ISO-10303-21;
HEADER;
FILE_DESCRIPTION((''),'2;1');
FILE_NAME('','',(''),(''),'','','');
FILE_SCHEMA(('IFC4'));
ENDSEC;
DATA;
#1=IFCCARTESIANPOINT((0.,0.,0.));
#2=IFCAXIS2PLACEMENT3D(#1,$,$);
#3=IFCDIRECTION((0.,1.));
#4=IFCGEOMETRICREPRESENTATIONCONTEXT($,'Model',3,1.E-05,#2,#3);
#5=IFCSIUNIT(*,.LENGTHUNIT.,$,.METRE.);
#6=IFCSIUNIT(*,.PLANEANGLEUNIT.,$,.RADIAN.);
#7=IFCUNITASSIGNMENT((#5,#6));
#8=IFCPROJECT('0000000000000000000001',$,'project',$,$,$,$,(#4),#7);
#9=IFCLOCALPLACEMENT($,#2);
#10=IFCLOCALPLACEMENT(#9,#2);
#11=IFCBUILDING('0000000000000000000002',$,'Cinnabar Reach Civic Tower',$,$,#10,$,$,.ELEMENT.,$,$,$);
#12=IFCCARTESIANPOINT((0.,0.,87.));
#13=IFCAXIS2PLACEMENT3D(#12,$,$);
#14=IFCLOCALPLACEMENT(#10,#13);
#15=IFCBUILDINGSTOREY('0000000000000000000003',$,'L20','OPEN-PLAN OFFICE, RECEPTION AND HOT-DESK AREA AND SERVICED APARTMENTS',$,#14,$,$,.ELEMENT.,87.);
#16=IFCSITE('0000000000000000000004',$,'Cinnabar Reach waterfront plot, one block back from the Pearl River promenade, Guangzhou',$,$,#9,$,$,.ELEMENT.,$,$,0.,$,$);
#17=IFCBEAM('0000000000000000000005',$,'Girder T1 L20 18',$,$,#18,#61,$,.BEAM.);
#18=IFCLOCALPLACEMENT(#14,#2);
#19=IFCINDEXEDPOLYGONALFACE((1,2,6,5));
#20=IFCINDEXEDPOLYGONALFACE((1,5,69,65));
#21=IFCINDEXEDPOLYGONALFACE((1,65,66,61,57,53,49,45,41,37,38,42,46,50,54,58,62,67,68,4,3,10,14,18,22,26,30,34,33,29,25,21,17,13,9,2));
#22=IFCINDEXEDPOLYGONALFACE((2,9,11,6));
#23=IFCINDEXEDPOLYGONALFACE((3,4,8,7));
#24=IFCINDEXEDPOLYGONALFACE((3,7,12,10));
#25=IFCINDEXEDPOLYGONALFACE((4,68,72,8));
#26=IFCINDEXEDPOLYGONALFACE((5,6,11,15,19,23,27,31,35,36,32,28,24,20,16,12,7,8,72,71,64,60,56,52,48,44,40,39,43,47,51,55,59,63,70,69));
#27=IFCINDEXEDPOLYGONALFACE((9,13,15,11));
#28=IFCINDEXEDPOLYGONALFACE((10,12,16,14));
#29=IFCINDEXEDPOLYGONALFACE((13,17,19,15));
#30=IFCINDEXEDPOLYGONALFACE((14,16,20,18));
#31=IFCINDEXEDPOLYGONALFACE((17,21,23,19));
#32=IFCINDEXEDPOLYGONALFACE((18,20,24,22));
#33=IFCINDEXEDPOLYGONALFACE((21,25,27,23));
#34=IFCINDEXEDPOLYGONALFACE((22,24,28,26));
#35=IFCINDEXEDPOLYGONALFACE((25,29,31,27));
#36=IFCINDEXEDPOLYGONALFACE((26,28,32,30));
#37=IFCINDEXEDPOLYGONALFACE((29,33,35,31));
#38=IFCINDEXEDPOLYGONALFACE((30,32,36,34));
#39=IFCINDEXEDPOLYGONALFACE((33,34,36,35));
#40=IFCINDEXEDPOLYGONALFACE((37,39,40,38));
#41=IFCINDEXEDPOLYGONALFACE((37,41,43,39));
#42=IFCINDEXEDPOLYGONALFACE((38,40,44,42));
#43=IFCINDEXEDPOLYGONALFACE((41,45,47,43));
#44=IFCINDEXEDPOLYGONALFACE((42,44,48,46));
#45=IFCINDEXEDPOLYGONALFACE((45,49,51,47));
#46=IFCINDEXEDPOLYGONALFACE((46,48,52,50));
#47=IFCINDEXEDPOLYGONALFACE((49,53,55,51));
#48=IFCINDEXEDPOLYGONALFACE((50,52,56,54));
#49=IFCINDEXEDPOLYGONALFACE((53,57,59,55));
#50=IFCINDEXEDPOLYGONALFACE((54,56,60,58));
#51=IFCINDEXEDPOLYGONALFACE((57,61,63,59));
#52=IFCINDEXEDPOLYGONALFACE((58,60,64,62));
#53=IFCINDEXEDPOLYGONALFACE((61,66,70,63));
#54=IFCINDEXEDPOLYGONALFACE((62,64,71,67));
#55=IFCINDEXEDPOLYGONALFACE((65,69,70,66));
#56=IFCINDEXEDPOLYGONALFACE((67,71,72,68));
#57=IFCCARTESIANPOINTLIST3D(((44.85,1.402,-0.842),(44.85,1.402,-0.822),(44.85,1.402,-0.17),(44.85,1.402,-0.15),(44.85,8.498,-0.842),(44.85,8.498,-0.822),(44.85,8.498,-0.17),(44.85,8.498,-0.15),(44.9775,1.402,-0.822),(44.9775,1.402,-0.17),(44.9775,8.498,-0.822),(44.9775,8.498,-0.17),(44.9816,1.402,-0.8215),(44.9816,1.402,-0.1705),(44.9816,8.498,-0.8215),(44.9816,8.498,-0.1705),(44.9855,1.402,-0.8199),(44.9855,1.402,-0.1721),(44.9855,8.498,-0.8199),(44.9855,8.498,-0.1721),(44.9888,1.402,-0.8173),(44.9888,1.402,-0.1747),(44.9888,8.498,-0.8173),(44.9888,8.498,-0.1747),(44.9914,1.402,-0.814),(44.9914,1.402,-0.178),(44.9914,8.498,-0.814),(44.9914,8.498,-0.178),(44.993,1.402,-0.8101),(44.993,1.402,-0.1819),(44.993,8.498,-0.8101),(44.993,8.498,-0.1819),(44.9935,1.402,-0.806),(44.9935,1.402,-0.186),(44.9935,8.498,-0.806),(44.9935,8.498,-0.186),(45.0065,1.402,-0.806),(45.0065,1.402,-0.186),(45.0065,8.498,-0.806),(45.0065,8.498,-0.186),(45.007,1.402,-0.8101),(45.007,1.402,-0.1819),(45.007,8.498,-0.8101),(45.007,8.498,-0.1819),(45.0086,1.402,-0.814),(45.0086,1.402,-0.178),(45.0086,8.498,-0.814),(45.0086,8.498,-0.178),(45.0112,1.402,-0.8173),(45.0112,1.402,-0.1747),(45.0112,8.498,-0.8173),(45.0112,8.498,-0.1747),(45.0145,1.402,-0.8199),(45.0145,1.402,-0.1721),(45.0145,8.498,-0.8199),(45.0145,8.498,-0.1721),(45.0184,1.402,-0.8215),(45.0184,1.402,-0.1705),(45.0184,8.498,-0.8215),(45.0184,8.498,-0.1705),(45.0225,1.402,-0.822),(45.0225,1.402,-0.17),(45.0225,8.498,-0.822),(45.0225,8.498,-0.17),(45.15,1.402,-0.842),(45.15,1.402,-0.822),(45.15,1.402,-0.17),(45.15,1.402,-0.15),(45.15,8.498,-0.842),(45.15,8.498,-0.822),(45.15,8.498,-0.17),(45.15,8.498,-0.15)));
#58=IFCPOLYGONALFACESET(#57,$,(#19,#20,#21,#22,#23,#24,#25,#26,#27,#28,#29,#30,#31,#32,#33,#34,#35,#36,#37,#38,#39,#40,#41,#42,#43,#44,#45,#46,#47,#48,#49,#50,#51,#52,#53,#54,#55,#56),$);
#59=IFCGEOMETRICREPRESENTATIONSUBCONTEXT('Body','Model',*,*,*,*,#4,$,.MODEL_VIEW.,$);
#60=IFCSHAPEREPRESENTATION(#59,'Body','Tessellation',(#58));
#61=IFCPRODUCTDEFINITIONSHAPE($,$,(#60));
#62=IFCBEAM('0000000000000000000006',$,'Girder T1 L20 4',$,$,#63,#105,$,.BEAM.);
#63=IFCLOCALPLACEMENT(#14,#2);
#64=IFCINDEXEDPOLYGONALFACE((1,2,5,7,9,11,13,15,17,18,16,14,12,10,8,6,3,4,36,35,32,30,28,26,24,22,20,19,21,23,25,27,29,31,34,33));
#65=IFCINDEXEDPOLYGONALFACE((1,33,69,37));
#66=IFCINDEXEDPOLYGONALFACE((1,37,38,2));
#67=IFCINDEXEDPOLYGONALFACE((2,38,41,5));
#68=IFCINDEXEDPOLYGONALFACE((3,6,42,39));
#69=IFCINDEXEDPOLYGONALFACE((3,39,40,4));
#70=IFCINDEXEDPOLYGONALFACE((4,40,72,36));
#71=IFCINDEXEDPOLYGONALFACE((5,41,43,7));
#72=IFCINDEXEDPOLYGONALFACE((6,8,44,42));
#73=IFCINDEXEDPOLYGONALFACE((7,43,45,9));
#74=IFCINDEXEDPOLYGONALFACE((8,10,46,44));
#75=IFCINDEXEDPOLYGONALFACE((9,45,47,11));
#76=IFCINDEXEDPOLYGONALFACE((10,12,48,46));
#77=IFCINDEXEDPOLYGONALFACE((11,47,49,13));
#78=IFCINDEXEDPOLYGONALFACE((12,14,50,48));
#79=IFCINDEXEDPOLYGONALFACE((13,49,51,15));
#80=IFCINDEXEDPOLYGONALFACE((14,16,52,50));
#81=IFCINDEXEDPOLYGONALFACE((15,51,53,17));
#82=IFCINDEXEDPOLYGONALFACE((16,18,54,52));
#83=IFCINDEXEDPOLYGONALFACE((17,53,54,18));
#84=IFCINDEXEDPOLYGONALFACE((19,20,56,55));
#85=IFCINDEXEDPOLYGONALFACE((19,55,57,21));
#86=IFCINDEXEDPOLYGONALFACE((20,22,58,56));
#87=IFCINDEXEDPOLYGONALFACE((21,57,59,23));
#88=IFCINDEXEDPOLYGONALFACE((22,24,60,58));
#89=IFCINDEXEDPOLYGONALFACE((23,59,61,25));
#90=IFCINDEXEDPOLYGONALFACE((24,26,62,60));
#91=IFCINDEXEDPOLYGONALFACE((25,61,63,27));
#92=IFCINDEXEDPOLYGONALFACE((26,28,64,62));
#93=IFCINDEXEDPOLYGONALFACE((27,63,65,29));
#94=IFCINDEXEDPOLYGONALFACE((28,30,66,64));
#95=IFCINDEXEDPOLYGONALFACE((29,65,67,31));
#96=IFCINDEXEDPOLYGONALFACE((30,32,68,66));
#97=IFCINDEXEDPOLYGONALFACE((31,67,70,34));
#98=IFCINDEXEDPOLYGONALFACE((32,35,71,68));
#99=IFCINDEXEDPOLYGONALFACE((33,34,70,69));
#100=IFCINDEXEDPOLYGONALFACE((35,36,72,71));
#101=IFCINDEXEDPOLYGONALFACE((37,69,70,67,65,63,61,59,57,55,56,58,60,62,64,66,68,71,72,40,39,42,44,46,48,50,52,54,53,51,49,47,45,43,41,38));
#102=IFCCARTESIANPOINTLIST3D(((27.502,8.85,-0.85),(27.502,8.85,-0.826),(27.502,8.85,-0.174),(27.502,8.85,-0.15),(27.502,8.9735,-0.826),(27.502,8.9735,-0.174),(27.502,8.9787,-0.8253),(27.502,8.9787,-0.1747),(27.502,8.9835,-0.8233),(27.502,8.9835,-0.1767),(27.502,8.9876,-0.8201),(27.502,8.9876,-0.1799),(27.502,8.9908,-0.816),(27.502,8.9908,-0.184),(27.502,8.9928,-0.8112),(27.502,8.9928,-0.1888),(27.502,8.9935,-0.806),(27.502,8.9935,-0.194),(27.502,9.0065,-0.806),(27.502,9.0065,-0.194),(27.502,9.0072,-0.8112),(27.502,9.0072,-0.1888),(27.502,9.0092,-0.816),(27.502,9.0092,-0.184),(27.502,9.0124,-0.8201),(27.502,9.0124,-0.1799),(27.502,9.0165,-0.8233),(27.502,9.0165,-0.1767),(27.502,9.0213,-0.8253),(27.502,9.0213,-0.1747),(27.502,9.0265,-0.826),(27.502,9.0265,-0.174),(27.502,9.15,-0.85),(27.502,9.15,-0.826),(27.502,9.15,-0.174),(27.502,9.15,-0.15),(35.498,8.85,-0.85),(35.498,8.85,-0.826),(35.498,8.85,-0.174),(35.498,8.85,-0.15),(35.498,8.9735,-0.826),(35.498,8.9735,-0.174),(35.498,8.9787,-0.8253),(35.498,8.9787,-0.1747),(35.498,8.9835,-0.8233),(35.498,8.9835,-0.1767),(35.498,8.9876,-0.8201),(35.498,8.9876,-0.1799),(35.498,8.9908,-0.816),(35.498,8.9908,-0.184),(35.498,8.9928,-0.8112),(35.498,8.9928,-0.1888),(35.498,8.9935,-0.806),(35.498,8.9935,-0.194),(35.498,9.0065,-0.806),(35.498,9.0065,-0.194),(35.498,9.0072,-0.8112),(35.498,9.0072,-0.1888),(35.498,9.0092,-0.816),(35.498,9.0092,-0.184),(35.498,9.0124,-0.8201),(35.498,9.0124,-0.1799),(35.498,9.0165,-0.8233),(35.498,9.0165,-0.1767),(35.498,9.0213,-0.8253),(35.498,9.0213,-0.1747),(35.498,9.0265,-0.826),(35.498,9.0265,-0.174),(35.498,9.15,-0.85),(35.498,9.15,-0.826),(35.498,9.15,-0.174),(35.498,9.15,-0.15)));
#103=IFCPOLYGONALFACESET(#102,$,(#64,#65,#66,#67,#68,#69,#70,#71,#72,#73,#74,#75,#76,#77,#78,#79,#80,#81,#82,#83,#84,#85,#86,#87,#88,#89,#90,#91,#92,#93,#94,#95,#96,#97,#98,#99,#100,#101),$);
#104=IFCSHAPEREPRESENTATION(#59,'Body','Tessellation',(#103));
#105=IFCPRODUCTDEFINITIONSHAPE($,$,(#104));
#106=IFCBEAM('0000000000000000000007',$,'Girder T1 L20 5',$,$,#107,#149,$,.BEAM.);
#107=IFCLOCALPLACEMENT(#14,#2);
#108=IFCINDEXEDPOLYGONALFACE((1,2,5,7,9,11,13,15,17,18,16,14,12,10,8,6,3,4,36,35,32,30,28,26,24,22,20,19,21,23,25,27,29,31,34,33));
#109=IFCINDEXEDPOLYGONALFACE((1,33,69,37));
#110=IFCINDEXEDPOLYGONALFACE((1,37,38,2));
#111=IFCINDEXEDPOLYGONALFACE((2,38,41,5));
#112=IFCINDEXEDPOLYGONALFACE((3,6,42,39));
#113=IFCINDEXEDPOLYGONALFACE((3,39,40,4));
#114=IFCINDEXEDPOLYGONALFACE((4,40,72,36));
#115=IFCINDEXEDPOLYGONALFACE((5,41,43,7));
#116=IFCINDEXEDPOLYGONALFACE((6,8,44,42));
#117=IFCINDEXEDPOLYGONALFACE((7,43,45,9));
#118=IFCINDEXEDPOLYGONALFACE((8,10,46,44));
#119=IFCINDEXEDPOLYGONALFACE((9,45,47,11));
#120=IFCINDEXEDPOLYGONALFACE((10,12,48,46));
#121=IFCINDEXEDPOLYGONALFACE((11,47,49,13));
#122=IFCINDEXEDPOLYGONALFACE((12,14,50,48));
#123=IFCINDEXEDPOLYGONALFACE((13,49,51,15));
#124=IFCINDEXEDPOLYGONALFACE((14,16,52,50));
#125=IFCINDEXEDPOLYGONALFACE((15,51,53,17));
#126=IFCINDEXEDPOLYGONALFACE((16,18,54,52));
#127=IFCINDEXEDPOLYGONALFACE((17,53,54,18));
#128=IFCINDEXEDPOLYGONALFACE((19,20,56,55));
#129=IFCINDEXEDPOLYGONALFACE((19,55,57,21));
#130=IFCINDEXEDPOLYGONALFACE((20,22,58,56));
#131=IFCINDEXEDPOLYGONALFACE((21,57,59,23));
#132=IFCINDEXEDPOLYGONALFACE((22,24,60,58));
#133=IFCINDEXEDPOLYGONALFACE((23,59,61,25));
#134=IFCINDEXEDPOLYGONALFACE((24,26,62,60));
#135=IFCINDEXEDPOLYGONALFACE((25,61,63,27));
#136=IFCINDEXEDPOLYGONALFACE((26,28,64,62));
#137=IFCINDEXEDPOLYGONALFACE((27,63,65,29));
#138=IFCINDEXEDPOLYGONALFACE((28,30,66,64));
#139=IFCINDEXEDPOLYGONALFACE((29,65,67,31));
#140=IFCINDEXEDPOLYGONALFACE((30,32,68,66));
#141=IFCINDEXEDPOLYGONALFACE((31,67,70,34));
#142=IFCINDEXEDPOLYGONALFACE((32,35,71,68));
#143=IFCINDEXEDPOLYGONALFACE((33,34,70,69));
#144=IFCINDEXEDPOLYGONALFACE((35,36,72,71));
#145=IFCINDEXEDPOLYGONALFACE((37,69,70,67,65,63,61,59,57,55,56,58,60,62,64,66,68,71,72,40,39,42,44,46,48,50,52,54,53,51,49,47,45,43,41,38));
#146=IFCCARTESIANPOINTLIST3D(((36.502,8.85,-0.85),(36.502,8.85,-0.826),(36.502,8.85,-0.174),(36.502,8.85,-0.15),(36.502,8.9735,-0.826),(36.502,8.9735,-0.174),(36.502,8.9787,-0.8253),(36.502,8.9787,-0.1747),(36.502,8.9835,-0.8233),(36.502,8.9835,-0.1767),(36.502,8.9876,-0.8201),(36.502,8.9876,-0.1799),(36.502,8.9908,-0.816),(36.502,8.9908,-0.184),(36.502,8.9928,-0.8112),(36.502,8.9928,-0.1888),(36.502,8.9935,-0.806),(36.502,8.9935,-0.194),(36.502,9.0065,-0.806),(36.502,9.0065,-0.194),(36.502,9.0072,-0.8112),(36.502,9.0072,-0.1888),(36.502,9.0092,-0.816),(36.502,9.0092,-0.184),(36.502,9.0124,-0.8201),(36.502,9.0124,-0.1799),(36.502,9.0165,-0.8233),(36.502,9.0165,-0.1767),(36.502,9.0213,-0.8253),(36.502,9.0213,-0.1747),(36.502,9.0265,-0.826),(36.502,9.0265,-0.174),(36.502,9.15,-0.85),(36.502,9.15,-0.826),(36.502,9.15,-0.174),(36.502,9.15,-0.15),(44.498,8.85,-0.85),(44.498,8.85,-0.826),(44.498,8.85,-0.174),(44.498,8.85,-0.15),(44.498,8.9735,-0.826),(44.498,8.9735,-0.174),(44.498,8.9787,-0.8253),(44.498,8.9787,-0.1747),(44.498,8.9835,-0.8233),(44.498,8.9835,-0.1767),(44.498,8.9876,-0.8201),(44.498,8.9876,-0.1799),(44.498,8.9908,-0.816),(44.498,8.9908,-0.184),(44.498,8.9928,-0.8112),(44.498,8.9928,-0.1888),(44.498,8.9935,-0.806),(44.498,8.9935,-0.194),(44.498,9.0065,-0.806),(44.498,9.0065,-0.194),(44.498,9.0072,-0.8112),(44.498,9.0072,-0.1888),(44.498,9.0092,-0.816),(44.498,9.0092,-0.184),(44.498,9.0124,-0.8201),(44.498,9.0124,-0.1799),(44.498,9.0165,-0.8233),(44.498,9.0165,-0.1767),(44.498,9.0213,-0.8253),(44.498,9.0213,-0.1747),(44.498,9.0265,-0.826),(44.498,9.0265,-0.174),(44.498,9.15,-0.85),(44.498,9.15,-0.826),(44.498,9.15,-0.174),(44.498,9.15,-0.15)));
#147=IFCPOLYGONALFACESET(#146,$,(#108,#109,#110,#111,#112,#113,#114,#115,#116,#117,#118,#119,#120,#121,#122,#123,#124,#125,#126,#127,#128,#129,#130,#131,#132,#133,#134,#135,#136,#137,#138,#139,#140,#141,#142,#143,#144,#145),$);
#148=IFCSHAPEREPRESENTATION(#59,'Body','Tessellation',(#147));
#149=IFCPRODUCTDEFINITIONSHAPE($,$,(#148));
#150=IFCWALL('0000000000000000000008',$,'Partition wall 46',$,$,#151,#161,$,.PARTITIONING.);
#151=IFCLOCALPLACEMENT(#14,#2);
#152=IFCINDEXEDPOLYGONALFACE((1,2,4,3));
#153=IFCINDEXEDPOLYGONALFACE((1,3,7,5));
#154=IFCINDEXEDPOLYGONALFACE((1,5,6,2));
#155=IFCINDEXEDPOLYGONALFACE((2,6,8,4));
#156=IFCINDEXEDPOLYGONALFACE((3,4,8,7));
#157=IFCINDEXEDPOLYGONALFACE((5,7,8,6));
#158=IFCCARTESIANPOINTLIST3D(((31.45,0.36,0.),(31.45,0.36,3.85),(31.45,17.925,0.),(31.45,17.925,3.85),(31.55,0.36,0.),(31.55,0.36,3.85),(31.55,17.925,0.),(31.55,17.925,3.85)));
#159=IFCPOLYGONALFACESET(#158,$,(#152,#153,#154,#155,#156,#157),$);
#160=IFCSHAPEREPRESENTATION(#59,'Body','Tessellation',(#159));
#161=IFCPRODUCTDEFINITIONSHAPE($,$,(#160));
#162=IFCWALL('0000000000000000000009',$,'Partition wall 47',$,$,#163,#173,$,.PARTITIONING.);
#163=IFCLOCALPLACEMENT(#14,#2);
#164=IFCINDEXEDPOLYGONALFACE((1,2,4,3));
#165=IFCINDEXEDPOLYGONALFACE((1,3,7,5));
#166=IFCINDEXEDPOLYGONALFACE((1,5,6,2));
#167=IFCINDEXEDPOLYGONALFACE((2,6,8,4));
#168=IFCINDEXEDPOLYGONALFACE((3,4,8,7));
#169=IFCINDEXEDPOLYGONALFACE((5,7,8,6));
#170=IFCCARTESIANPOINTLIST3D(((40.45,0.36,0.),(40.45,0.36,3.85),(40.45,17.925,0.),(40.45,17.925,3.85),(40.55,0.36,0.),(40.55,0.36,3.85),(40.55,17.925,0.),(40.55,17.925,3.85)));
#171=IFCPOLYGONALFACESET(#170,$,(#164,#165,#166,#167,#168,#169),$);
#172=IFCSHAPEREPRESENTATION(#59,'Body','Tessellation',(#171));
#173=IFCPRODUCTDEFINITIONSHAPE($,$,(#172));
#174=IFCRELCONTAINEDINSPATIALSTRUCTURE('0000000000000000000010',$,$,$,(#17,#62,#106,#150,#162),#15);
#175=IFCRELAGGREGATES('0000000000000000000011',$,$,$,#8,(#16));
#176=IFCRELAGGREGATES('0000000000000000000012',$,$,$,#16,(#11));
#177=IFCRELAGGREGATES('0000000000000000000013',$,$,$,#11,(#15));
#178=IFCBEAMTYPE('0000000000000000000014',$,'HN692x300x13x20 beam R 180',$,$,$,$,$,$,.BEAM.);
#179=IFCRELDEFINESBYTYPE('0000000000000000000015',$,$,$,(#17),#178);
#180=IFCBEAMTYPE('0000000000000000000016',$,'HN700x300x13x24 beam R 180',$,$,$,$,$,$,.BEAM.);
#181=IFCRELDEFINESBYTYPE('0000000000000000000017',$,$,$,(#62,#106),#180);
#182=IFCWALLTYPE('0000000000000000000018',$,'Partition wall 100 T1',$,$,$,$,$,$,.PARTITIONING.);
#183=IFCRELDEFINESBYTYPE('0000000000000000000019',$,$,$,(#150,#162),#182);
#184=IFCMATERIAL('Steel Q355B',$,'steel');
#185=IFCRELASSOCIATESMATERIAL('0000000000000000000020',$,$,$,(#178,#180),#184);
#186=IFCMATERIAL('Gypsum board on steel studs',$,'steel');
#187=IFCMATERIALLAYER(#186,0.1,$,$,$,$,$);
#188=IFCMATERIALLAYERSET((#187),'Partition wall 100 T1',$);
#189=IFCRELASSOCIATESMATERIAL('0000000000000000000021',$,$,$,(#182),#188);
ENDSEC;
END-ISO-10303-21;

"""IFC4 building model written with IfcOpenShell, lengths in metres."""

from ifc_helpers import new_model, si_unit, direction, frame, frame_2d, origin, origin_2d, place, context, subcontext, project, spatial, rectangle, i_section, extrude, material, layer, layer_set, material_profile, profile_set, type_object, element, save


model = new_model("IFC4")

# Units and contexts
model_context = context("Model", 3, precision=1e-05, world=origin(), true_north=direction((0.0, 1.0)))
body_context = subcontext(model_context, "Body", "Model", "MODEL_VIEW")
ifc_project = project(units=[si_unit("LENGTHUNIT", "METRE"), si_unit("PLANEANGLEUNIT", "RADIAN")], contexts=[model_context])

# Site, building, storey
site_placement = place(None, origin())
site = spatial("IfcSite", under=ifc_project, at=site_placement, Name="Cinnabar Reach waterfront plot, one block back from the Pearl River promenade, Guangzhou", CompositionType="ELEMENT", RefElevation=0.0)
building_placement = place(site_placement, origin())
building = spatial("IfcBuilding", under=site, at=building_placement, Name="Cinnabar Reach Civic Tower", CompositionType="ELEMENT")
storey_placement = place(building_placement, frame((0.0, 0.0, 87.0)))
storey = spatial("IfcBuildingStorey", under=building, at=storey_placement, Name="L20", Description="OPEN-PLAN OFFICE, RECEPTION AND HOT-DESK AREA AND SERVICED APARTMENTS", CompositionType="ELEMENT", Elevation=87.0)

# Beams
ifc_material_1 = material(Name="Steel Q355B", Category="steel")
ifc_material_profile_1 = material_profile(ifc_material_1, i_section(OverallWidth=0.3, OverallDepth=0.692, WebThickness=0.013, FlangeThickness=0.02, FilletRadius=0.016, at=origin_2d()), Name="HN692x300x13x20")
ifc_profile_set_1 = profile_set([ifc_material_profile_1], Name="Steel Q355B")
beam_type_1 = type_object("IfcBeamType", Name="HN692x300x13x20 beam R 180", PredefinedType="BEAM", material=ifc_profile_set_1)
beam_1_placement = place(storey_placement, frame((45.0, 1.402, -0.496), z_axis=(0.0, 1.0, 0.0), x_axis=(-1.0, 0.0, 0.0)))
element("IfcBeam", 1, at=beam_1_placement, inside=storey, type_object=beam_type_1, Name="Girder T1 L20 18", PredefinedType="BEAM", context=body_context, shape_type="SweptSolid", body=[
    extrude(i_section(OverallWidth=0.3, OverallDepth=0.692, WebThickness=0.013, FlangeThickness=0.02, FilletRadius=0.016, at=origin_2d()), origin(), (0.0, 0.0, 1.0), 7.096),
])
ifc_material_profile_2 = material_profile(ifc_material_1, i_section(OverallWidth=0.3, OverallDepth=0.7, WebThickness=0.013, FlangeThickness=0.024, FilletRadius=0.02, at=origin_2d()), Name="HN700x300x13x24")
ifc_profile_set_2 = profile_set([ifc_material_profile_2], Name="Steel Q355B")
beam_type_2 = type_object("IfcBeamType", Name="HN700x300x13x24 beam R 180", PredefinedType="BEAM", material=ifc_profile_set_2)
for number, where, z_axis, x_axis, name in (
    (2, (27.502, 9.0, -0.5), (1.0, 0.0, 0.0), (0.0, 1.0, 0.0), "Girder T1 L20 4"),
    (3, (36.502, 9.0, -0.5), (1.0, 0.0, 0.0), (0.0, 1.0, 0.0), "Girder T1 L20 5"),
):
    element("IfcBeam", number, at=place(storey_placement, frame(where, z_axis=z_axis, x_axis=x_axis)), inside=storey, type_object=beam_type_2, Name=name, PredefinedType="BEAM", context=body_context, shape_type="SweptSolid", body=[
        extrude(i_section(OverallWidth=0.3, OverallDepth=0.7, WebThickness=0.013, FlangeThickness=0.024, FilletRadius=0.02, at=origin_2d()), origin(), (0.0, 0.0, 1.0), 7.996),
    ])

# Walls
ifc_material_2 = material(Name="Gypsum board on steel studs", Category="steel")
ifc_layer = layer(ifc_material_2, 0.1)
ifc_layer_set = layer_set([ifc_layer], Name="Partition wall 100 T1")
wall_type = type_object("IfcWallType", Name="Partition wall 100 T1", PredefinedType="PARTITIONING", material=ifc_layer_set)
for number, where, z_axis, x_axis, name in (
    (4, (31.5, 0.36, 0.0), (0.0, 0.0, 1.0), (0.0, 1.0, 0.0), "Partition wall 46"),
    (5, (40.5, 0.36, 0.0), (0.0, 0.0, 1.0), (0.0, 1.0, 0.0), "Partition wall 47"),
):
    element("IfcWall", number, at=place(storey_placement, frame(where, z_axis=z_axis, x_axis=x_axis)), inside=storey, type_object=wall_type, Name=name, PredefinedType="PARTITIONING", context=body_context, shape_type="SweptSolid", body=[
        extrude(rectangle(XDim=17.565, YDim=0.1, at=frame_2d((8.7825, 0.0))), origin(), (0.0, 0.0, 1.0), 3.85),
    ])

save(model, "model.ifc")
